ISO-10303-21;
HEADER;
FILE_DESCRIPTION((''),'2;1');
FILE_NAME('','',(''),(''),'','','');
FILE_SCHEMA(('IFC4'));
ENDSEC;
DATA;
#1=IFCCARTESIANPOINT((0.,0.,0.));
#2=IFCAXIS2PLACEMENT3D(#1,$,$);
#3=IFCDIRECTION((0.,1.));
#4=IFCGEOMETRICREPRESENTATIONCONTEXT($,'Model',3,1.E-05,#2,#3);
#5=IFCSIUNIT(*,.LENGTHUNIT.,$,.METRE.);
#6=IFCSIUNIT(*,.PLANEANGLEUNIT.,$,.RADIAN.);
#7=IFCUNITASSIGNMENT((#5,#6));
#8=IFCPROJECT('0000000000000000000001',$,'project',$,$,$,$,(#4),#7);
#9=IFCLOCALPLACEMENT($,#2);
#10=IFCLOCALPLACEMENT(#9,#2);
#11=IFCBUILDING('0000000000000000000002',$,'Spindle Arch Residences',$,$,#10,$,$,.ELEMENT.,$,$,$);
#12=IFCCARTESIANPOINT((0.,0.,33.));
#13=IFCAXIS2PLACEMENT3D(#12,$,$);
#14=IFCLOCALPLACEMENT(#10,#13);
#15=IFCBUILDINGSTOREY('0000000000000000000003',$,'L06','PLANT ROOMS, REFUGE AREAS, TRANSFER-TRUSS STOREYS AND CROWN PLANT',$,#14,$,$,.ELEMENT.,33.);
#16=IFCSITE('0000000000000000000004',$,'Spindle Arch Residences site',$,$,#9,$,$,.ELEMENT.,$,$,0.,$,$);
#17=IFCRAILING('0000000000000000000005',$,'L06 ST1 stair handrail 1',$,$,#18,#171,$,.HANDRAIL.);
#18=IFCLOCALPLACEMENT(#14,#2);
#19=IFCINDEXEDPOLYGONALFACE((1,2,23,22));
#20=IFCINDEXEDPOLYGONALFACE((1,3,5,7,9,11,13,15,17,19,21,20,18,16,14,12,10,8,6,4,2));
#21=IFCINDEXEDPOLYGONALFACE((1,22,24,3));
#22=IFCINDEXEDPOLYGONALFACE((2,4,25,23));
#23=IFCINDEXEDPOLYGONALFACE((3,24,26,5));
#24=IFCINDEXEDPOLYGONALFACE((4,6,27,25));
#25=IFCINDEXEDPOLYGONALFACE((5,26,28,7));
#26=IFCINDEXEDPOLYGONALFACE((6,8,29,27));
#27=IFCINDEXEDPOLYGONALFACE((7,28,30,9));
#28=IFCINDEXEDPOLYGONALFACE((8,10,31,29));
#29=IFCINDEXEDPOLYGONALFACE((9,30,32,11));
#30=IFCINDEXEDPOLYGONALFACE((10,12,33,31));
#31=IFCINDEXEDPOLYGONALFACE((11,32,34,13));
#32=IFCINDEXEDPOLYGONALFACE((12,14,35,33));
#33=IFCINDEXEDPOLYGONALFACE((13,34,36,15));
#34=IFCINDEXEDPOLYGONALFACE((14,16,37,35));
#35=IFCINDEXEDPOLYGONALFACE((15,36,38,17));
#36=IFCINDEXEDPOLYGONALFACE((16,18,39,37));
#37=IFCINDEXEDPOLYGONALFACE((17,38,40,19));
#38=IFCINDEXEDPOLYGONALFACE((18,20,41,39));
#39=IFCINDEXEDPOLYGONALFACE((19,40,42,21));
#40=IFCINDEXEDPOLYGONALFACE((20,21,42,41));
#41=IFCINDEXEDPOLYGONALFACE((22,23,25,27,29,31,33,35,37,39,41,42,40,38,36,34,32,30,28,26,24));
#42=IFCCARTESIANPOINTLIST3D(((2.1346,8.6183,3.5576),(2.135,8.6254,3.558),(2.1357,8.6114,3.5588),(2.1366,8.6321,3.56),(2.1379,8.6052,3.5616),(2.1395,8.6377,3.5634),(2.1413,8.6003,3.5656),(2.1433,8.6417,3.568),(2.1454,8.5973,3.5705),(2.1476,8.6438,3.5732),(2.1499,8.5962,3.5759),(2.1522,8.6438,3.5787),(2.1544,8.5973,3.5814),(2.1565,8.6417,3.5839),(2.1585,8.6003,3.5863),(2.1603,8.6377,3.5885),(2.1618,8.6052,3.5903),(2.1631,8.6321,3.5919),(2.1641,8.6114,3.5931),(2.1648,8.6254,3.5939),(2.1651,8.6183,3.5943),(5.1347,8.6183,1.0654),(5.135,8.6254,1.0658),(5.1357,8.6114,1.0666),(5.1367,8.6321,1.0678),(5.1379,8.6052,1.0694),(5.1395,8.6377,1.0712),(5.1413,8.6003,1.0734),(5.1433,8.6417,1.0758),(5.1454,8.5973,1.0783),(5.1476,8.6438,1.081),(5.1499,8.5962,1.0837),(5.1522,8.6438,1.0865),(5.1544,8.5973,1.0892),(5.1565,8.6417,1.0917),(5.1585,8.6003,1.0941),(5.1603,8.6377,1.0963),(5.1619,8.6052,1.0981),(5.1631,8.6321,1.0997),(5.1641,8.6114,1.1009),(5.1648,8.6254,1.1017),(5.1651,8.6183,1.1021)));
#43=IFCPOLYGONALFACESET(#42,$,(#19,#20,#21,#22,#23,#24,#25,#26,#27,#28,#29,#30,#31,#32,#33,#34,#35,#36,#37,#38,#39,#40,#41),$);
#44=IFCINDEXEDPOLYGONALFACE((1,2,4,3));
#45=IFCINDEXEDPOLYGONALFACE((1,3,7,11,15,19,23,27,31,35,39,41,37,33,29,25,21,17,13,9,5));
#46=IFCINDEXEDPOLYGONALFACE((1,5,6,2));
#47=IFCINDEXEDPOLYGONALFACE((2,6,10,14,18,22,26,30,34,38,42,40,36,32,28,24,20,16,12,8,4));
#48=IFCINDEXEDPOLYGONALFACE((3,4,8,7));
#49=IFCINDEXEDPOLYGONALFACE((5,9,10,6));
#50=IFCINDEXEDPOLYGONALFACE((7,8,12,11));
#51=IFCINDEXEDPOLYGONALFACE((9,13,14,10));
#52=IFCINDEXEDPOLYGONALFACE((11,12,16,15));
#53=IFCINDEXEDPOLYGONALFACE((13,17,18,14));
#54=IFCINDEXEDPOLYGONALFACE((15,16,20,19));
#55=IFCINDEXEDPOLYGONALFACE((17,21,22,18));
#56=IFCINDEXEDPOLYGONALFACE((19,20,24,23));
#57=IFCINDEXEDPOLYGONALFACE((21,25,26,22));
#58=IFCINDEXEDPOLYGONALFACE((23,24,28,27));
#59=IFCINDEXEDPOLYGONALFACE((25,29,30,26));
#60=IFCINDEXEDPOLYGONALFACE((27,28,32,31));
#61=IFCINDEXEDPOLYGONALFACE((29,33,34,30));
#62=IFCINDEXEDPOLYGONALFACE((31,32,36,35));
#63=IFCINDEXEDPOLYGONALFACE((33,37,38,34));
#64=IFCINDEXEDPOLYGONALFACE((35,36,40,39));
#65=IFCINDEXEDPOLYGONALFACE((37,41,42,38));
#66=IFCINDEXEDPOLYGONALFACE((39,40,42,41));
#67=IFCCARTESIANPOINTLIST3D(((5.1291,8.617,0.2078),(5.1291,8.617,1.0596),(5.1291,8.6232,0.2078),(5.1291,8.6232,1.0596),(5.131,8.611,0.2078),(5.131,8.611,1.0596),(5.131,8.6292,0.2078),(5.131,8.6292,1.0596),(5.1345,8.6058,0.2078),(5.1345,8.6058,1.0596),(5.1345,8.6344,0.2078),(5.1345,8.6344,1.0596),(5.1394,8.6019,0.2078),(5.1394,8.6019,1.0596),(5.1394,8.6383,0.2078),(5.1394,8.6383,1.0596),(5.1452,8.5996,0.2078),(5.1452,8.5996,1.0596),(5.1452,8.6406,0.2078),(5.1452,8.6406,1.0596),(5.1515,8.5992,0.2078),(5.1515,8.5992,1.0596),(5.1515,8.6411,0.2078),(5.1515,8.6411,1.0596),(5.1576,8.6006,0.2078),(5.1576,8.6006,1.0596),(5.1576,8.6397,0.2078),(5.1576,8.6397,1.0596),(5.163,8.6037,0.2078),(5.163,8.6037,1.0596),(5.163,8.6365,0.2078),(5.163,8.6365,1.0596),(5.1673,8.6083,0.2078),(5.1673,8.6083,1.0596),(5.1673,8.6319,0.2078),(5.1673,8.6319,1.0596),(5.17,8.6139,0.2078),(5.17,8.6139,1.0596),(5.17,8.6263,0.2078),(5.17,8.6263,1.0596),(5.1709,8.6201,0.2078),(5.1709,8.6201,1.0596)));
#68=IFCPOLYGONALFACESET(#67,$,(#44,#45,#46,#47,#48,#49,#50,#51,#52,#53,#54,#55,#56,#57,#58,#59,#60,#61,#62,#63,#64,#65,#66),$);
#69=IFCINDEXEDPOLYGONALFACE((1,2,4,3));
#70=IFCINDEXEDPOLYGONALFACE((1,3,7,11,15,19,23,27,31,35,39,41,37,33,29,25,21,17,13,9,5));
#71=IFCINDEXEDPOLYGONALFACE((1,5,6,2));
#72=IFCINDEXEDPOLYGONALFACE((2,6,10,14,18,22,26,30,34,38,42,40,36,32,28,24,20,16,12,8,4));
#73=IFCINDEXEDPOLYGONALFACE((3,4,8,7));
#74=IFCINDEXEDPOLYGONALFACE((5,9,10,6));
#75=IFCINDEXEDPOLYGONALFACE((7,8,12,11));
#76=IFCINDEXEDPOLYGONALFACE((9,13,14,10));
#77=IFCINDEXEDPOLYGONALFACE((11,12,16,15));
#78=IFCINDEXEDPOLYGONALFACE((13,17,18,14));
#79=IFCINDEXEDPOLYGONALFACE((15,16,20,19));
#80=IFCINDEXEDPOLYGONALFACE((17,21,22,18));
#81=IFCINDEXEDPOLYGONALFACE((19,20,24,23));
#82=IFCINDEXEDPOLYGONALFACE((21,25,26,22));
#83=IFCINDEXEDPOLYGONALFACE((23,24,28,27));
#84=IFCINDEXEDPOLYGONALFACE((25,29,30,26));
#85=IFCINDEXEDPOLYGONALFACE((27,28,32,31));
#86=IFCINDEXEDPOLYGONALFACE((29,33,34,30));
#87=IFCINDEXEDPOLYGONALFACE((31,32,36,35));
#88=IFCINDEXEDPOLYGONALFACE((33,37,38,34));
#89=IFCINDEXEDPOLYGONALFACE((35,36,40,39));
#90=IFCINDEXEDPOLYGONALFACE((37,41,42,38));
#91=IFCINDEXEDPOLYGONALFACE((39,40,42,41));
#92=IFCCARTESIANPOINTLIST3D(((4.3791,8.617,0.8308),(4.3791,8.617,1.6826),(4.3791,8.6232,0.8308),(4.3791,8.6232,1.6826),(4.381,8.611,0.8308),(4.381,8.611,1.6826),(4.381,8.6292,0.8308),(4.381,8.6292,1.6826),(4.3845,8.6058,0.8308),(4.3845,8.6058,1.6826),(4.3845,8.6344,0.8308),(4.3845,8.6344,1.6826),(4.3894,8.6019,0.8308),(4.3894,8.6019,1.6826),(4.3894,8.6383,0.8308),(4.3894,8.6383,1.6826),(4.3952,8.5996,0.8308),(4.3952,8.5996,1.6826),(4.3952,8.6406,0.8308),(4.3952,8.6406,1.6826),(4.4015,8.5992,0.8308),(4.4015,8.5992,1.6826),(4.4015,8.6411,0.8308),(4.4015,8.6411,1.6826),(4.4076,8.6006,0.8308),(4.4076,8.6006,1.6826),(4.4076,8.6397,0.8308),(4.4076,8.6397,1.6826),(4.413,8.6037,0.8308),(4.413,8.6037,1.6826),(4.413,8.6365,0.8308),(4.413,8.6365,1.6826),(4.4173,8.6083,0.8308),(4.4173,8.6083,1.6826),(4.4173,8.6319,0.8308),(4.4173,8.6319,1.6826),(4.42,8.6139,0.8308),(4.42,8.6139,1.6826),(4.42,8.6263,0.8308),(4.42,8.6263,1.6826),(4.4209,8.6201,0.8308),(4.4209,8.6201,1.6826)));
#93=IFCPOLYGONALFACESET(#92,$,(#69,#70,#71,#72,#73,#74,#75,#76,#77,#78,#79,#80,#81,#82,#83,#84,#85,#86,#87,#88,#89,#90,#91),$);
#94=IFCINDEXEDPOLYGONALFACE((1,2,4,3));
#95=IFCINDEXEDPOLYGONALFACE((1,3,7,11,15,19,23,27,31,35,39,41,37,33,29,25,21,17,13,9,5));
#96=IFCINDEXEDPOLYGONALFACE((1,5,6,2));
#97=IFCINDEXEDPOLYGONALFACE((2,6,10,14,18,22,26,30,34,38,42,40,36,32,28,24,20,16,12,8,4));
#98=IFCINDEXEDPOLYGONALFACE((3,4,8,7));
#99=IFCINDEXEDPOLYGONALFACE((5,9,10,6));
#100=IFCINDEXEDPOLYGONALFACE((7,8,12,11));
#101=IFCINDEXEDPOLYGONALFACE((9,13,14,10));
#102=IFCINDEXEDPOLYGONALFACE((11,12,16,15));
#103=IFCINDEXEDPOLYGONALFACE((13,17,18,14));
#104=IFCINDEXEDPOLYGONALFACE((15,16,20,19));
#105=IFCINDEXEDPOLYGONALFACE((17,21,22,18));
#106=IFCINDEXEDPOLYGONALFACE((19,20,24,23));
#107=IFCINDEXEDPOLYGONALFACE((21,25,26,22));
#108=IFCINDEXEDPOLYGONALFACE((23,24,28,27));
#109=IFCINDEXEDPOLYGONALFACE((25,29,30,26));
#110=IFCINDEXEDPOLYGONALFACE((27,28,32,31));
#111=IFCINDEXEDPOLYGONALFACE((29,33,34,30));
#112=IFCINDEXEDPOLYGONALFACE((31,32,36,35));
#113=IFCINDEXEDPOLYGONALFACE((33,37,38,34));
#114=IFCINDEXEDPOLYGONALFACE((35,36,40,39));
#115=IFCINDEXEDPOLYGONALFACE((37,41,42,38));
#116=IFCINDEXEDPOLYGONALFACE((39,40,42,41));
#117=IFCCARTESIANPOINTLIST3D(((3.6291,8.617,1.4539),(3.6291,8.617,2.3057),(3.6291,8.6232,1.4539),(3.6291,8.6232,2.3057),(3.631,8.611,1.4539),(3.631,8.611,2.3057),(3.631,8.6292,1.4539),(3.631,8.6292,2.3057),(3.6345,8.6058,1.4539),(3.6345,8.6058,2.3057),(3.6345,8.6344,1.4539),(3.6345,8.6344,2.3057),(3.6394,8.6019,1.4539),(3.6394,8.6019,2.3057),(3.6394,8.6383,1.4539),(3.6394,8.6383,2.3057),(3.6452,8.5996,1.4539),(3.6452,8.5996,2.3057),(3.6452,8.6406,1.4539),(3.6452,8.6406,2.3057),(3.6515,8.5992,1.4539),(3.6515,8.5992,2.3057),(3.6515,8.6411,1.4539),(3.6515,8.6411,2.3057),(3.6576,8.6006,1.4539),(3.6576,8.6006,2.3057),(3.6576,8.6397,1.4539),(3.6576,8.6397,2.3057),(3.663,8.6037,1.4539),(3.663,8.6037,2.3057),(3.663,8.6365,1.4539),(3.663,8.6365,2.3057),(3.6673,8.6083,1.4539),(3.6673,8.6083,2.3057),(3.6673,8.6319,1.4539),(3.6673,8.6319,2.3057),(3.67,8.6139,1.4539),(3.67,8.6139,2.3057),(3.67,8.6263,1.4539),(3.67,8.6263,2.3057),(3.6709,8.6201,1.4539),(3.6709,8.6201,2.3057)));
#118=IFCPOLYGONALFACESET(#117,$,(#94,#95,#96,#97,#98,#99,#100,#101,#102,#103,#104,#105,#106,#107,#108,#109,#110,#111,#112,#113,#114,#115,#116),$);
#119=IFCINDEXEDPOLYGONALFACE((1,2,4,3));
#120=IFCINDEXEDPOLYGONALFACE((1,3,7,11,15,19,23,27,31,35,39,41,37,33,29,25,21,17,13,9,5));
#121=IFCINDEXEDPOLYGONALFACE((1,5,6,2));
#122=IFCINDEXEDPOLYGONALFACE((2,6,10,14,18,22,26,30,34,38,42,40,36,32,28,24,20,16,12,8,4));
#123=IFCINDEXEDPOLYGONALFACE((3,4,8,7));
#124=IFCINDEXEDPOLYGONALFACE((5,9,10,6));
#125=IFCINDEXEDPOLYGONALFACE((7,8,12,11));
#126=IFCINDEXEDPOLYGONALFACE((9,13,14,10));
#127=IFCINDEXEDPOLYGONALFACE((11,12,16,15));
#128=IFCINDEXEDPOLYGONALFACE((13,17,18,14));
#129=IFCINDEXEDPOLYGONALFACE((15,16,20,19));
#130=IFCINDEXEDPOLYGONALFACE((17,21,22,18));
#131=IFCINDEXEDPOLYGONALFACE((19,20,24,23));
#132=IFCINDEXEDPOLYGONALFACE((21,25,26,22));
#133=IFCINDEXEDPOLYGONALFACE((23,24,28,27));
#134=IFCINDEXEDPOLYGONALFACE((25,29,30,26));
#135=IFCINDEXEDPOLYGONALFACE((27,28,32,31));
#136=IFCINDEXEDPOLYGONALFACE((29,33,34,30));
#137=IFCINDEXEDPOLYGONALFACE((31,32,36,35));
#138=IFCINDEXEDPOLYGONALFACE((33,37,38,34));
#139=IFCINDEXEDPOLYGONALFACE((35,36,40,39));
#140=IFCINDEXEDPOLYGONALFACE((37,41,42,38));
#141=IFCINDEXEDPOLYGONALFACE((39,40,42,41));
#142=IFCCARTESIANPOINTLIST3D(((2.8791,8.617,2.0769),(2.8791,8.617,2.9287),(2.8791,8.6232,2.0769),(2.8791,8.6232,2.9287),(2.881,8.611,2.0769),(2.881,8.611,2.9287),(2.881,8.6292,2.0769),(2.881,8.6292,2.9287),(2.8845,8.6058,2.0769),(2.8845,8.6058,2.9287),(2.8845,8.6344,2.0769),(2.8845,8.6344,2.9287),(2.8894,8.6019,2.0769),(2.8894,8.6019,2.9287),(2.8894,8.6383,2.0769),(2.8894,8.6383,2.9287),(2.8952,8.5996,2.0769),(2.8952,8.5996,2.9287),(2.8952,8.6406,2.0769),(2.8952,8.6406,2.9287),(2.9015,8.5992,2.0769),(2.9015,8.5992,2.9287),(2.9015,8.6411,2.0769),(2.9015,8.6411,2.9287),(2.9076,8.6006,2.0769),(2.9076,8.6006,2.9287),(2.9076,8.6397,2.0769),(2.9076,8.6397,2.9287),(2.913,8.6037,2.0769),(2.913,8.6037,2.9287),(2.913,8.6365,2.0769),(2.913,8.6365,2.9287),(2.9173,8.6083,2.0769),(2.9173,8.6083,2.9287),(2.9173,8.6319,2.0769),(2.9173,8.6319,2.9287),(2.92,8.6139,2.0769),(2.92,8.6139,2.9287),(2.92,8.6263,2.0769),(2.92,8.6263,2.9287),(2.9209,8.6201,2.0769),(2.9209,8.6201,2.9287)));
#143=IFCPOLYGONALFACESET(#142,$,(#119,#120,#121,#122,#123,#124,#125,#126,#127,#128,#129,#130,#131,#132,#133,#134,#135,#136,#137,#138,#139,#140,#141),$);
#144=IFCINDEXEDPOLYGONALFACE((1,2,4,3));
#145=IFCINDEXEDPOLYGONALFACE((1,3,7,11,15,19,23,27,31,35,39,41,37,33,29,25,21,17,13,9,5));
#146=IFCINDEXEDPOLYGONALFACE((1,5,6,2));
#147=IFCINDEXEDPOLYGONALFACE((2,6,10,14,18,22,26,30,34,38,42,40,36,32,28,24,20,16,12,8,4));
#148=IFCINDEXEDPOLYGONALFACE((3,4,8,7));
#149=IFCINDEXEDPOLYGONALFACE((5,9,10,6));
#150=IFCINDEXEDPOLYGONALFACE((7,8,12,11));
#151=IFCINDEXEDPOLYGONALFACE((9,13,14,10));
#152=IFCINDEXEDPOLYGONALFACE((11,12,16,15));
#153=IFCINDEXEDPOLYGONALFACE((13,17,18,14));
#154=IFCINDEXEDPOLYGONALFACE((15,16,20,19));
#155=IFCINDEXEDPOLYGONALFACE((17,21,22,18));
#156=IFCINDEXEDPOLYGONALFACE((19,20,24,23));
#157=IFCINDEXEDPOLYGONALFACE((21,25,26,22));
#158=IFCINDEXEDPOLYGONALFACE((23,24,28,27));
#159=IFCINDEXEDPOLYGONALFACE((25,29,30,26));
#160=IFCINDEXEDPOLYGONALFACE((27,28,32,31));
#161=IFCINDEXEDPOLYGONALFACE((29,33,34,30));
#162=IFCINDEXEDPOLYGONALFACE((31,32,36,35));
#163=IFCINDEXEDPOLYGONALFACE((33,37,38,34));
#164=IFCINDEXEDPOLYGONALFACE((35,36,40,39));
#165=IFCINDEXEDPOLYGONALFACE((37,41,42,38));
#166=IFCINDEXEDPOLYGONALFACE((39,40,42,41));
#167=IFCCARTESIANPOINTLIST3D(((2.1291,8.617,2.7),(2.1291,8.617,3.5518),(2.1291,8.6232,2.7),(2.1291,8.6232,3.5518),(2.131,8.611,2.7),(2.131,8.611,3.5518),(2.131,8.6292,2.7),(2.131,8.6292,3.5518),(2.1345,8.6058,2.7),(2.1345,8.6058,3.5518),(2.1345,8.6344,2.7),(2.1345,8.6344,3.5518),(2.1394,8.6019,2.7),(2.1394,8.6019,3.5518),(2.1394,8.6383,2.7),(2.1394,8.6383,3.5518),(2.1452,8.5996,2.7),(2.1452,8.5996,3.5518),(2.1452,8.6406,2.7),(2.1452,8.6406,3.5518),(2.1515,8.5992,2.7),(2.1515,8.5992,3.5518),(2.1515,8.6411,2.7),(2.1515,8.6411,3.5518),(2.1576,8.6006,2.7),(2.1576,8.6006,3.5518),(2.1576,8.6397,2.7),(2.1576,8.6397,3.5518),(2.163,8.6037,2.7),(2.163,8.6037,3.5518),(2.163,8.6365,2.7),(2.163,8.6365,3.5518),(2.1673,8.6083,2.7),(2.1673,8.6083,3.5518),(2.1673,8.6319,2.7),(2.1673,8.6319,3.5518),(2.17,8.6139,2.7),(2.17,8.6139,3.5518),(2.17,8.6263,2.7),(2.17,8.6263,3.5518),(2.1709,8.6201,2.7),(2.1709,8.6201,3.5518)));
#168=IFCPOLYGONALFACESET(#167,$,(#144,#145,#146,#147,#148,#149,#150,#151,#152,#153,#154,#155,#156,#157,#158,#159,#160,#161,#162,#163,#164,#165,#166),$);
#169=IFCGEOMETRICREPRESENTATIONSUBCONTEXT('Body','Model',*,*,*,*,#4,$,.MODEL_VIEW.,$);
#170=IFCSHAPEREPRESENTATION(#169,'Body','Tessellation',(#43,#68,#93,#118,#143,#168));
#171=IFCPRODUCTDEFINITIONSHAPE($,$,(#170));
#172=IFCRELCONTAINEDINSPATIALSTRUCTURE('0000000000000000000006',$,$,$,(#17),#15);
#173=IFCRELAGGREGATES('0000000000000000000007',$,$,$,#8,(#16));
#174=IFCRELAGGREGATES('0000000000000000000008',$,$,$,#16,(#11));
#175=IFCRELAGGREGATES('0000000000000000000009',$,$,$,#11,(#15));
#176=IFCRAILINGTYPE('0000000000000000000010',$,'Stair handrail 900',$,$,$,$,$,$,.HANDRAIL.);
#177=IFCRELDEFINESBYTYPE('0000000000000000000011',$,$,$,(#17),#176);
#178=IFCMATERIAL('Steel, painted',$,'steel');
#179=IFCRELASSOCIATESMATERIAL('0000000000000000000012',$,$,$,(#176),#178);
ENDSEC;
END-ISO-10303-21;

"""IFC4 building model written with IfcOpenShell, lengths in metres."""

from ifc_helpers import new_model, si_unit, direction, frame, origin, origin_2d, place, context, subcontext, project, spatial, circle, extrude, material, type_object, element, save


model = new_model("IFC4")

# Units and contexts
model_context = context("Model", 3, precision=1e-05, world=origin(), true_north=direction((0.0, 1.0)))
body_context = subcontext(model_context, "Body", "Model", "MODEL_VIEW")
ifc_project = project(units=[si_unit("LENGTHUNIT", "METRE"), si_unit("PLANEANGLEUNIT", "RADIAN")], contexts=[model_context])

# Site, building, storey
site_placement = place(None, origin())
site = spatial("IfcSite", under=ifc_project, at=site_placement, Name="Spindle Arch Residences site", CompositionType="ELEMENT", RefElevation=0.0)
building_placement = place(site_placement, origin())
building = spatial("IfcBuilding", under=site, at=building_placement, Name="Spindle Arch Residences", CompositionType="ELEMENT")
storey_placement = place(building_placement, frame((0.0, 0.0, 33.0)))
storey = spatial("IfcBuildingStorey", under=building, at=storey_placement, Name="L06", Description="PLANT ROOMS, REFUGE AREAS, TRANSFER-TRUSS STOREYS AND CROWN PLANT", CompositionType="ELEMENT", Elevation=33.0)

# Railing
ifc_material_1 = material(Name="Steel, painted", Category="steel")
railing_type = type_object("IfcRailingType", Name="Stair handrail 900", PredefinedType="HANDRAIL", material=ifc_material_1)
railing_placement = place(storey_placement, frame((5.1499, 8.6201, 0.2078)))
element("IfcRailing", 1, at=railing_placement, inside=storey, type_object=railing_type, Name="L06 ST1 stair handrail 1", PredefinedType="HANDRAIL", context=body_context, shape_type="SweptSolid", body=[
    extrude(circle(Radius=0.0239, at=origin_2d()), frame((0.0, 0.0, 0.876), z_axis=(-0.769206, 0.0, 0.639001), x_axis=(0.0, -1.0, 0.0)), (0.0, 0.0, 1.0), 3.9001),
    extrude(circle(Radius=0.021, at=origin_2d()), origin(), (0.0, 0.0, 1.0), 0.8518),
    extrude(circle(Radius=0.021, at=origin_2d()), frame((-0.75, 0.0, 0.623)), (0.0, 0.0, 1.0), 0.8518),
    extrude(circle(Radius=0.021, at=origin_2d()), frame((-1.5, 0.0, 1.2461)), (0.0, 0.0, 1.0), 0.8518),
    extrude(circle(Radius=0.021, at=origin_2d()), frame((-2.25, 0.0, 1.8691)), (0.0, 0.0, 1.0), 0.8518),
    extrude(circle(Radius=0.021, at=origin_2d()), frame((-3.0, 0.0, 2.4922)), (0.0, 0.0, 1.0), 0.8518),
])

save(model, "model.ifc")
